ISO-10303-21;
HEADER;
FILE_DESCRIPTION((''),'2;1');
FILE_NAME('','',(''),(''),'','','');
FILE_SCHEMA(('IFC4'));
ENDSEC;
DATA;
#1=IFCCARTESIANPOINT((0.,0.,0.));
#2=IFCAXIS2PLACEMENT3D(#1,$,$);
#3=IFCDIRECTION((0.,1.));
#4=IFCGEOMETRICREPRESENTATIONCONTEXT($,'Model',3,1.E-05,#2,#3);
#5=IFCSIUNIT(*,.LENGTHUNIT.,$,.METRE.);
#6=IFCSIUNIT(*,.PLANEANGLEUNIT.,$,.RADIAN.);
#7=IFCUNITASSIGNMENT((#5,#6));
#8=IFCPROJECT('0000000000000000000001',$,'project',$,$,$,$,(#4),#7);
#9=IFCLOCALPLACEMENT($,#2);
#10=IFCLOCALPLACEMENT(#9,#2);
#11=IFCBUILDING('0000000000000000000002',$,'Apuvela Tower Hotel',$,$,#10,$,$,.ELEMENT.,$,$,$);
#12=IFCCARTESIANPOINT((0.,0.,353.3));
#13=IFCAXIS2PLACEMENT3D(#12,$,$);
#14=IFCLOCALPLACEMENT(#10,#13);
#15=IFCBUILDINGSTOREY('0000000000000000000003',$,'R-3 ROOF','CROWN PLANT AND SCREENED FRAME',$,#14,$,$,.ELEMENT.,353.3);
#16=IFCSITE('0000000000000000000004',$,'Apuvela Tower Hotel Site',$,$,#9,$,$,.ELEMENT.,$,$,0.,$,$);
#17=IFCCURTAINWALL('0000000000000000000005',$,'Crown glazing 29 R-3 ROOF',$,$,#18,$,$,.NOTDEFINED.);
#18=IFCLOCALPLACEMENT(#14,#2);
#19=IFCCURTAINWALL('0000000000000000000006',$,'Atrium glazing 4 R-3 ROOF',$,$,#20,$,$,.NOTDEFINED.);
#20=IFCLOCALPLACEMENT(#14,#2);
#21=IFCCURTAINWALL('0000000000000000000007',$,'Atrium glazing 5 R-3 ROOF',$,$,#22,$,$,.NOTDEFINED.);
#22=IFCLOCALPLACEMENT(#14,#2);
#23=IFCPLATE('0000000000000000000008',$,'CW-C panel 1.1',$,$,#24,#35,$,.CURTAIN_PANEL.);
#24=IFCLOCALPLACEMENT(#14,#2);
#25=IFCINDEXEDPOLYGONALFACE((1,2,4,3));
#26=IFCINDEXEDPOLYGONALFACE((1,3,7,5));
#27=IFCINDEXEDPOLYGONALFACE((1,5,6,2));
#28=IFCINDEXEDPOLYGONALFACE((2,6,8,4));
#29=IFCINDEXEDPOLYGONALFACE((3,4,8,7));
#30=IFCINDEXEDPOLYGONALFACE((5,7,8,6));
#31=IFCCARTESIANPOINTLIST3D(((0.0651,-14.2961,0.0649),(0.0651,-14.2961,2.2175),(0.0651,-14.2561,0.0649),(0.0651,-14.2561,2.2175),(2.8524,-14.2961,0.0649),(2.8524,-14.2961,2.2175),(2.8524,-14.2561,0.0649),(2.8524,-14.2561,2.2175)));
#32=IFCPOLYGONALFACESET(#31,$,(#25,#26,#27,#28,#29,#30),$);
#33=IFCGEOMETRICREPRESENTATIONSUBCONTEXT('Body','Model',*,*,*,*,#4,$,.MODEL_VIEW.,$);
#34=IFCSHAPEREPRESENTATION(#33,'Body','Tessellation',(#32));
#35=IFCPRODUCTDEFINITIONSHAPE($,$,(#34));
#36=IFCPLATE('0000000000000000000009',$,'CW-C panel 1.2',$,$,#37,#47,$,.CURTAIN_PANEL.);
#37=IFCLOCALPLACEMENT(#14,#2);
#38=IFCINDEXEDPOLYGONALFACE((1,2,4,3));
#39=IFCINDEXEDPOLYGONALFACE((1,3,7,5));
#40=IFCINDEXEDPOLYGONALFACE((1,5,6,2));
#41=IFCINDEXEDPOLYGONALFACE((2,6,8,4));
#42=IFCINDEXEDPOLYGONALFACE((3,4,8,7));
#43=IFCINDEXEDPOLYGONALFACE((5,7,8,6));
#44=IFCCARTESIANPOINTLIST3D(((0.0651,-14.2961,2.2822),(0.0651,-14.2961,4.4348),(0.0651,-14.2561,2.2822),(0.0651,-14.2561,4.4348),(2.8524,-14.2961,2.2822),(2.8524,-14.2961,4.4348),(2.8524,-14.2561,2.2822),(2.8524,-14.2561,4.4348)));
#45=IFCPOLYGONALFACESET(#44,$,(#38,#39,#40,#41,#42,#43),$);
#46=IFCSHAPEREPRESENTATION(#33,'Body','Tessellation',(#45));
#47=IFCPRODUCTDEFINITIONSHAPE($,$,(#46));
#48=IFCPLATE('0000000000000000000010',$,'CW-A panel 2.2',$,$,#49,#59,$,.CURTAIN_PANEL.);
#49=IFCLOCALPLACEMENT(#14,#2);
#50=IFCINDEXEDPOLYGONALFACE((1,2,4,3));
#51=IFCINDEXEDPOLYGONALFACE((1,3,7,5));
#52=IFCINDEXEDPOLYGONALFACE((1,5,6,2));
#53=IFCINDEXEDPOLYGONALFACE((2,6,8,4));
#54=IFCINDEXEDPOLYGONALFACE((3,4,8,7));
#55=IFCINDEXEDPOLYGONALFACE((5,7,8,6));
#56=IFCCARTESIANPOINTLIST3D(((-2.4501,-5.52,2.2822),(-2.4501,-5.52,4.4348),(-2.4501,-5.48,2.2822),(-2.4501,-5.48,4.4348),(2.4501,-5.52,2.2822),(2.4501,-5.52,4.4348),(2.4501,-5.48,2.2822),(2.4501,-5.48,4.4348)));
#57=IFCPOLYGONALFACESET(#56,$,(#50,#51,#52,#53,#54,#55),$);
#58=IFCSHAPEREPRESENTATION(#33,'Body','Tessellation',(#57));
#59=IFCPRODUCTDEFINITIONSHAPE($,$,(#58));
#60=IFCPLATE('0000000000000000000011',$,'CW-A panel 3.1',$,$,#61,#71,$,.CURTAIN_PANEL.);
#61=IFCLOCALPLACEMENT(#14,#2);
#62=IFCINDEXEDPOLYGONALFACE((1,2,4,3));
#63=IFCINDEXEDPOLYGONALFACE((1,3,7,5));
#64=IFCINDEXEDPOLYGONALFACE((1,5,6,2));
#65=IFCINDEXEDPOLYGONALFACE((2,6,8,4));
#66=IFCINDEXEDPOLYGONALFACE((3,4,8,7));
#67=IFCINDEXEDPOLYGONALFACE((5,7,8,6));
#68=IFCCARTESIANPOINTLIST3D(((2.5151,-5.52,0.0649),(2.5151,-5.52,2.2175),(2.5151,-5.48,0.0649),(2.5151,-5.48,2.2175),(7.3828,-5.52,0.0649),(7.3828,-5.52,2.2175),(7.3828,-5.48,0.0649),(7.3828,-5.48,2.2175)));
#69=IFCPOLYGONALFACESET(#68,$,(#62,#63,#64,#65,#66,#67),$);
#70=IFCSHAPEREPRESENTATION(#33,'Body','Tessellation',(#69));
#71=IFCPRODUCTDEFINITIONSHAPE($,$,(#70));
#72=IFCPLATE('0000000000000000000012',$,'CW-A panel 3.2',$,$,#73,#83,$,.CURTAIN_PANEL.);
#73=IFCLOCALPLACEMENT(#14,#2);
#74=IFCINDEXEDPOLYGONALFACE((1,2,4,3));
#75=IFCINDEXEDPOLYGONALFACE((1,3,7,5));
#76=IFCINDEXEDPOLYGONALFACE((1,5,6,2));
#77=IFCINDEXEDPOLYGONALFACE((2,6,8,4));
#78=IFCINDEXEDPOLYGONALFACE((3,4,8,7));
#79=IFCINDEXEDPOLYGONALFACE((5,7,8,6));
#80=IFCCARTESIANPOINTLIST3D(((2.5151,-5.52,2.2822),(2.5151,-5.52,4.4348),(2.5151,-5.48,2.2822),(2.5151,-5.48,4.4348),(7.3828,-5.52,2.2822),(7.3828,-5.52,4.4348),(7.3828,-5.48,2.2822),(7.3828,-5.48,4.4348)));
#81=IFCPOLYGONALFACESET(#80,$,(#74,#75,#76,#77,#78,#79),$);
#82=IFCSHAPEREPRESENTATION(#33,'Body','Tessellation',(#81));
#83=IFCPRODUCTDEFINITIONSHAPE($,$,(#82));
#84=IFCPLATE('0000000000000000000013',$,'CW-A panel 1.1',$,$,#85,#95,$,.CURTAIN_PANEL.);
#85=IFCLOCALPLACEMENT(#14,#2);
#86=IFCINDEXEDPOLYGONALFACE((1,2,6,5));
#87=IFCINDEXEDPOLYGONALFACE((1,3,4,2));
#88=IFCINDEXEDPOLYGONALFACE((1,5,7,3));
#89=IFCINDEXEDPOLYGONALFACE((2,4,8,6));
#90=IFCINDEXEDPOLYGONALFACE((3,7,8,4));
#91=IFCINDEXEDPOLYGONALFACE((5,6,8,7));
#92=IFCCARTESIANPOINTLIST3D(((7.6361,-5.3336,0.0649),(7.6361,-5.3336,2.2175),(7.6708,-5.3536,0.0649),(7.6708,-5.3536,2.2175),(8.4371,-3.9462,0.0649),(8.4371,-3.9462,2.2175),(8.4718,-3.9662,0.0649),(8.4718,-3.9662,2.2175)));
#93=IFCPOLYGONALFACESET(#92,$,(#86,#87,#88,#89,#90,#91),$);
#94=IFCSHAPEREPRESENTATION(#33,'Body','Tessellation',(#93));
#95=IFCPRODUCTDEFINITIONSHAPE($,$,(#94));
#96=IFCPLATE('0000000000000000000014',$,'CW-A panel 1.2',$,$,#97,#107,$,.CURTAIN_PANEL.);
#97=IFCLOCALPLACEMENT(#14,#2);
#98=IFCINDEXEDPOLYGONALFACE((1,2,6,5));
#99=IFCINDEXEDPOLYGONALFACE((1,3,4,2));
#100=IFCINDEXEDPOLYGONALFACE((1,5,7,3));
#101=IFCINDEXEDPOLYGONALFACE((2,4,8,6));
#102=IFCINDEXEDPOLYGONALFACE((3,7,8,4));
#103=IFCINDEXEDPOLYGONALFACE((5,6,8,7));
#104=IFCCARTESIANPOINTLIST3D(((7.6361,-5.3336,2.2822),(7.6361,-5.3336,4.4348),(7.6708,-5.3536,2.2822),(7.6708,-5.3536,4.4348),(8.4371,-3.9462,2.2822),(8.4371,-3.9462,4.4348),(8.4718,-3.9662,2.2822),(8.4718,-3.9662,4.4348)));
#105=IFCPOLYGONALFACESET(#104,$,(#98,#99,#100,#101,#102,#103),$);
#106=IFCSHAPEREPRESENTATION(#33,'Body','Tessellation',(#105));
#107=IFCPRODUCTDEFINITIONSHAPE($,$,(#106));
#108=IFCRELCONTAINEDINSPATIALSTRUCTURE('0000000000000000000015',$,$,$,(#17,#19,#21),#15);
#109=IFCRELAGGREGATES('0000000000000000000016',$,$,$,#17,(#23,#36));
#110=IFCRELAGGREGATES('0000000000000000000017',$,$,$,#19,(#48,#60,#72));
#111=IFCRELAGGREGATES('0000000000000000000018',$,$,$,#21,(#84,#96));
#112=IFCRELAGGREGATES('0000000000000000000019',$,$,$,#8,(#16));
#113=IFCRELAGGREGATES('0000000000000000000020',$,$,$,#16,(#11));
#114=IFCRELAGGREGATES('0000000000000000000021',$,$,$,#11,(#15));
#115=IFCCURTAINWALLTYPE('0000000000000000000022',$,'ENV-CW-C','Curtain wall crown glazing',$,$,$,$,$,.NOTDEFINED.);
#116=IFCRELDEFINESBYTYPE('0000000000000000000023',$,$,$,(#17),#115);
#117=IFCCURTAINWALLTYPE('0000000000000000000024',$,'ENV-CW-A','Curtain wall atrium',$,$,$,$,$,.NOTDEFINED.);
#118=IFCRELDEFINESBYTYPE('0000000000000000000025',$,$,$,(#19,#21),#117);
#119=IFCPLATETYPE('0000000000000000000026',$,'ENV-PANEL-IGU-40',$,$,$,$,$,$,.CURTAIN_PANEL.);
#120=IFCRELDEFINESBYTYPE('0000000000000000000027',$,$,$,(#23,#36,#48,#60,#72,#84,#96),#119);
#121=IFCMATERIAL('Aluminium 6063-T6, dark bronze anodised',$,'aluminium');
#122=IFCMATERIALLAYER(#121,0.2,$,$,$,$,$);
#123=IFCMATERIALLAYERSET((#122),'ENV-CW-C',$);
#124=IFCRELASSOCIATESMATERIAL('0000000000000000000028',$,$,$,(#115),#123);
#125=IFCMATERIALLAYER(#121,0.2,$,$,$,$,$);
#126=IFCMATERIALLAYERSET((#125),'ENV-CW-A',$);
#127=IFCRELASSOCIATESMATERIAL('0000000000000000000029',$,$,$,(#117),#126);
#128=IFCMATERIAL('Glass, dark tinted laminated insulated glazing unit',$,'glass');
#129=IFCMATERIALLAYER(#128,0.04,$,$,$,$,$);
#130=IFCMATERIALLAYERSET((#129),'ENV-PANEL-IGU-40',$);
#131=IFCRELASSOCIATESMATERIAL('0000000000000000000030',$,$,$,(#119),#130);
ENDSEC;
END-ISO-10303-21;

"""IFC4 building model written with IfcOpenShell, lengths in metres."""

from ifc_helpers import new_model, si_unit, direction, frame, origin, origin_2d, place, context, subcontext, project, spatial, rectangle, extrude, material, layer, layer_set, type_object, element, aggregate, save


model = new_model("IFC4")

# Units and contexts
model_context = context("Model", 3, precision=1e-05, world=origin(), true_north=direction((0.0, 1.0)))
body_context = subcontext(model_context, "Body", "Model", "MODEL_VIEW")
ifc_project = project(units=[si_unit("LENGTHUNIT", "METRE"), si_unit("PLANEANGLEUNIT", "RADIAN")], contexts=[model_context])

# Site, building, storey
site_placement = place(None, origin())
site = spatial("IfcSite", under=ifc_project, at=site_placement, Name="Apuvela Tower Hotel Site", CompositionType="ELEMENT", RefElevation=0.0)
building_placement = place(site_placement, origin())
building = spatial("IfcBuilding", under=site, at=building_placement, Name="Apuvela Tower Hotel", CompositionType="ELEMENT")
storey_placement = place(building_placement, frame((0.0, 0.0, 353.3)))
storey = spatial("IfcBuildingStorey", under=building, at=storey_placement, Name="R-3 ROOF", Description="CROWN PLANT AND SCREENED FRAME", CompositionType="ELEMENT", Elevation=353.3)

# Curtain walls
ifc_material_1 = material(Name="Aluminium 6063-T6, dark bronze anodised", Category="aluminium")
ifc_layer_1 = layer(ifc_material_1, 0.2)
ifc_layer_set_1 = layer_set([ifc_layer_1], Name="ENV-CW-C")
curtain_wall_type_1 = type_object("IfcCurtainWallType", Name="ENV-CW-C", Description="Curtain wall crown glazing", PredefinedType="NOTDEFINED", material=ifc_layer_set_1)
curtain_wall_1_placement = place(storey_placement, origin())
curtain_wall_1 = element("IfcCurtainWall", 1, at=curtain_wall_1_placement, inside=storey, type_object=curtain_wall_type_1, Name="Crown glazing 29 R-3 ROOF", PredefinedType="NOTDEFINED")
ifc_layer_2 = layer(ifc_material_1, 0.2)
ifc_layer_set_2 = layer_set([ifc_layer_2], Name="ENV-CW-A")
curtain_wall_type_2 = type_object("IfcCurtainWallType", Name="ENV-CW-A", Description="Curtain wall atrium", PredefinedType="NOTDEFINED", material=ifc_layer_set_2)
curtain_wall_2_placement = place(storey_placement, origin())
curtain_wall_2 = element("IfcCurtainWall", 2, at=curtain_wall_2_placement, inside=storey, type_object=curtain_wall_type_2, Name="Atrium glazing 4 R-3 ROOF", PredefinedType="NOTDEFINED")
curtain_wall_3_placement = place(storey_placement, origin())
curtain_wall_3 = element("IfcCurtainWall", 3, at=curtain_wall_3_placement, inside=storey, type_object=curtain_wall_type_2, Name="Atrium glazing 5 R-3 ROOF", PredefinedType="NOTDEFINED")

# Plates
ifc_material_2 = material(Name="Glass, dark tinted laminated insulated glazing unit", Category="glass")
ifc_layer_3 = layer(ifc_material_2, 0.04)
ifc_layer_set_3 = layer_set([ifc_layer_3], Name="ENV-PANEL-IGU-40")
plate_type_1 = type_object("IfcPlateType", Name="ENV-PANEL-IGU-40", PredefinedType="CURTAIN_PANEL", material=ifc_layer_set_3)
plate_1_placement = place(storey_placement, frame((1.4587, -14.2761, 0.0649), z_axis=(0.0, 0.0, 1.0), x_axis=(1.0, 0.0, 0.0)))
plate_1 = element("IfcPlate", 4, at=plate_1_placement, type_object=plate_type_1, Name="CW-C panel 1.1", PredefinedType="CURTAIN_PANEL", context=body_context, shape_type="SweptSolid", body=[
    extrude(rectangle(XDim=2.7874, YDim=0.04, at=origin_2d()), origin(), (0.0, 0.0, 1.0), 2.1526),
])
plate_2_placement = place(storey_placement, frame((1.4587, -14.2761, 2.2822), z_axis=(0.0, 0.0, 1.0), x_axis=(1.0, 0.0, 0.0)))
plate_2 = element("IfcPlate", 5, at=plate_2_placement, type_object=plate_type_1, Name="CW-C panel 1.2", PredefinedType="CURTAIN_PANEL", context=body_context, shape_type="SweptSolid", body=[
    extrude(rectangle(XDim=2.7874, YDim=0.04, at=origin_2d()), origin(), (0.0, 0.0, 1.0), 2.1526),
])
aggregate(curtain_wall_1, [plate_1, plate_2])
plate_3_placement = place(storey_placement, frame((0.0, -5.5, 2.2822), z_axis=(0.0, 0.0, 1.0), x_axis=(1.0, 0.0, 0.0)))
plate_3 = element("IfcPlate", 6, at=plate_3_placement, type_object=plate_type_1, Name="CW-A panel 2.2", PredefinedType="CURTAIN_PANEL", context=body_context, shape_type="SweptSolid", body=[
    extrude(rectangle(XDim=4.9001, YDim=0.04, at=origin_2d()), origin(), (0.0, 0.0, 1.0), 2.1526),
])
plate_4_placement = place(storey_placement, frame((4.949, -5.5, 0.0649), z_axis=(0.0, 0.0, 1.0), x_axis=(1.0, 0.0, 0.0)))
plate_4 = element("IfcPlate", 7, at=plate_4_placement, type_object=plate_type_1, Name="CW-A panel 3.1", PredefinedType="CURTAIN_PANEL", context=body_context, shape_type="SweptSolid", body=[
    extrude(rectangle(XDim=4.8677, YDim=0.04, at=origin_2d()), origin(), (0.0, 0.0, 1.0), 2.1526),
])
plate_5_placement = place(storey_placement, frame((4.949, -5.5, 2.2822), z_axis=(0.0, 0.0, 1.0), x_axis=(1.0, 0.0, 0.0)))
plate_5 = element("IfcPlate", 8, at=plate_5_placement, type_object=plate_type_1, Name="CW-A panel 3.2", PredefinedType="CURTAIN_PANEL", context=body_context, shape_type="SweptSolid", body=[
    extrude(rectangle(XDim=4.8677, YDim=0.04, at=origin_2d()), origin(), (0.0, 0.0, 1.0), 2.1526),
])
aggregate(curtain_wall_2, [plate_3, plate_4, plate_5])
plate_6_placement = place(storey_placement, frame((8.054, -4.6499, 0.0649), z_axis=(0.0, 0.0, 1.0), x_axis=(0.499989, 0.866032, 0.0)))
plate_6 = element("IfcPlate", 9, at=plate_6_placement, type_object=plate_type_1, Name="CW-A panel 1.1", PredefinedType="CURTAIN_PANEL", context=body_context, shape_type="SweptSolid", body=[
    extrude(rectangle(XDim=1.6021, YDim=0.04, at=origin_2d()), origin(), (0.0, 0.0, 1.0), 2.1526),
])
plate_7_placement = place(storey_placement, frame((8.054, -4.6499, 2.2822), z_axis=(0.0, 0.0, 1.0), x_axis=(0.499989, 0.866032, 0.0)))
plate_7 = element("IfcPlate", 10, at=plate_7_placement, type_object=plate_type_1, Name="CW-A panel 1.2", PredefinedType="CURTAIN_PANEL", context=body_context, shape_type="SweptSolid", body=[
    extrude(rectangle(XDim=1.6021, YDim=0.04, at=origin_2d()), origin(), (0.0, 0.0, 1.0), 2.1526),
])
aggregate(curtain_wall_3, [plate_6, plate_7])

save(model, "model.ifc")
